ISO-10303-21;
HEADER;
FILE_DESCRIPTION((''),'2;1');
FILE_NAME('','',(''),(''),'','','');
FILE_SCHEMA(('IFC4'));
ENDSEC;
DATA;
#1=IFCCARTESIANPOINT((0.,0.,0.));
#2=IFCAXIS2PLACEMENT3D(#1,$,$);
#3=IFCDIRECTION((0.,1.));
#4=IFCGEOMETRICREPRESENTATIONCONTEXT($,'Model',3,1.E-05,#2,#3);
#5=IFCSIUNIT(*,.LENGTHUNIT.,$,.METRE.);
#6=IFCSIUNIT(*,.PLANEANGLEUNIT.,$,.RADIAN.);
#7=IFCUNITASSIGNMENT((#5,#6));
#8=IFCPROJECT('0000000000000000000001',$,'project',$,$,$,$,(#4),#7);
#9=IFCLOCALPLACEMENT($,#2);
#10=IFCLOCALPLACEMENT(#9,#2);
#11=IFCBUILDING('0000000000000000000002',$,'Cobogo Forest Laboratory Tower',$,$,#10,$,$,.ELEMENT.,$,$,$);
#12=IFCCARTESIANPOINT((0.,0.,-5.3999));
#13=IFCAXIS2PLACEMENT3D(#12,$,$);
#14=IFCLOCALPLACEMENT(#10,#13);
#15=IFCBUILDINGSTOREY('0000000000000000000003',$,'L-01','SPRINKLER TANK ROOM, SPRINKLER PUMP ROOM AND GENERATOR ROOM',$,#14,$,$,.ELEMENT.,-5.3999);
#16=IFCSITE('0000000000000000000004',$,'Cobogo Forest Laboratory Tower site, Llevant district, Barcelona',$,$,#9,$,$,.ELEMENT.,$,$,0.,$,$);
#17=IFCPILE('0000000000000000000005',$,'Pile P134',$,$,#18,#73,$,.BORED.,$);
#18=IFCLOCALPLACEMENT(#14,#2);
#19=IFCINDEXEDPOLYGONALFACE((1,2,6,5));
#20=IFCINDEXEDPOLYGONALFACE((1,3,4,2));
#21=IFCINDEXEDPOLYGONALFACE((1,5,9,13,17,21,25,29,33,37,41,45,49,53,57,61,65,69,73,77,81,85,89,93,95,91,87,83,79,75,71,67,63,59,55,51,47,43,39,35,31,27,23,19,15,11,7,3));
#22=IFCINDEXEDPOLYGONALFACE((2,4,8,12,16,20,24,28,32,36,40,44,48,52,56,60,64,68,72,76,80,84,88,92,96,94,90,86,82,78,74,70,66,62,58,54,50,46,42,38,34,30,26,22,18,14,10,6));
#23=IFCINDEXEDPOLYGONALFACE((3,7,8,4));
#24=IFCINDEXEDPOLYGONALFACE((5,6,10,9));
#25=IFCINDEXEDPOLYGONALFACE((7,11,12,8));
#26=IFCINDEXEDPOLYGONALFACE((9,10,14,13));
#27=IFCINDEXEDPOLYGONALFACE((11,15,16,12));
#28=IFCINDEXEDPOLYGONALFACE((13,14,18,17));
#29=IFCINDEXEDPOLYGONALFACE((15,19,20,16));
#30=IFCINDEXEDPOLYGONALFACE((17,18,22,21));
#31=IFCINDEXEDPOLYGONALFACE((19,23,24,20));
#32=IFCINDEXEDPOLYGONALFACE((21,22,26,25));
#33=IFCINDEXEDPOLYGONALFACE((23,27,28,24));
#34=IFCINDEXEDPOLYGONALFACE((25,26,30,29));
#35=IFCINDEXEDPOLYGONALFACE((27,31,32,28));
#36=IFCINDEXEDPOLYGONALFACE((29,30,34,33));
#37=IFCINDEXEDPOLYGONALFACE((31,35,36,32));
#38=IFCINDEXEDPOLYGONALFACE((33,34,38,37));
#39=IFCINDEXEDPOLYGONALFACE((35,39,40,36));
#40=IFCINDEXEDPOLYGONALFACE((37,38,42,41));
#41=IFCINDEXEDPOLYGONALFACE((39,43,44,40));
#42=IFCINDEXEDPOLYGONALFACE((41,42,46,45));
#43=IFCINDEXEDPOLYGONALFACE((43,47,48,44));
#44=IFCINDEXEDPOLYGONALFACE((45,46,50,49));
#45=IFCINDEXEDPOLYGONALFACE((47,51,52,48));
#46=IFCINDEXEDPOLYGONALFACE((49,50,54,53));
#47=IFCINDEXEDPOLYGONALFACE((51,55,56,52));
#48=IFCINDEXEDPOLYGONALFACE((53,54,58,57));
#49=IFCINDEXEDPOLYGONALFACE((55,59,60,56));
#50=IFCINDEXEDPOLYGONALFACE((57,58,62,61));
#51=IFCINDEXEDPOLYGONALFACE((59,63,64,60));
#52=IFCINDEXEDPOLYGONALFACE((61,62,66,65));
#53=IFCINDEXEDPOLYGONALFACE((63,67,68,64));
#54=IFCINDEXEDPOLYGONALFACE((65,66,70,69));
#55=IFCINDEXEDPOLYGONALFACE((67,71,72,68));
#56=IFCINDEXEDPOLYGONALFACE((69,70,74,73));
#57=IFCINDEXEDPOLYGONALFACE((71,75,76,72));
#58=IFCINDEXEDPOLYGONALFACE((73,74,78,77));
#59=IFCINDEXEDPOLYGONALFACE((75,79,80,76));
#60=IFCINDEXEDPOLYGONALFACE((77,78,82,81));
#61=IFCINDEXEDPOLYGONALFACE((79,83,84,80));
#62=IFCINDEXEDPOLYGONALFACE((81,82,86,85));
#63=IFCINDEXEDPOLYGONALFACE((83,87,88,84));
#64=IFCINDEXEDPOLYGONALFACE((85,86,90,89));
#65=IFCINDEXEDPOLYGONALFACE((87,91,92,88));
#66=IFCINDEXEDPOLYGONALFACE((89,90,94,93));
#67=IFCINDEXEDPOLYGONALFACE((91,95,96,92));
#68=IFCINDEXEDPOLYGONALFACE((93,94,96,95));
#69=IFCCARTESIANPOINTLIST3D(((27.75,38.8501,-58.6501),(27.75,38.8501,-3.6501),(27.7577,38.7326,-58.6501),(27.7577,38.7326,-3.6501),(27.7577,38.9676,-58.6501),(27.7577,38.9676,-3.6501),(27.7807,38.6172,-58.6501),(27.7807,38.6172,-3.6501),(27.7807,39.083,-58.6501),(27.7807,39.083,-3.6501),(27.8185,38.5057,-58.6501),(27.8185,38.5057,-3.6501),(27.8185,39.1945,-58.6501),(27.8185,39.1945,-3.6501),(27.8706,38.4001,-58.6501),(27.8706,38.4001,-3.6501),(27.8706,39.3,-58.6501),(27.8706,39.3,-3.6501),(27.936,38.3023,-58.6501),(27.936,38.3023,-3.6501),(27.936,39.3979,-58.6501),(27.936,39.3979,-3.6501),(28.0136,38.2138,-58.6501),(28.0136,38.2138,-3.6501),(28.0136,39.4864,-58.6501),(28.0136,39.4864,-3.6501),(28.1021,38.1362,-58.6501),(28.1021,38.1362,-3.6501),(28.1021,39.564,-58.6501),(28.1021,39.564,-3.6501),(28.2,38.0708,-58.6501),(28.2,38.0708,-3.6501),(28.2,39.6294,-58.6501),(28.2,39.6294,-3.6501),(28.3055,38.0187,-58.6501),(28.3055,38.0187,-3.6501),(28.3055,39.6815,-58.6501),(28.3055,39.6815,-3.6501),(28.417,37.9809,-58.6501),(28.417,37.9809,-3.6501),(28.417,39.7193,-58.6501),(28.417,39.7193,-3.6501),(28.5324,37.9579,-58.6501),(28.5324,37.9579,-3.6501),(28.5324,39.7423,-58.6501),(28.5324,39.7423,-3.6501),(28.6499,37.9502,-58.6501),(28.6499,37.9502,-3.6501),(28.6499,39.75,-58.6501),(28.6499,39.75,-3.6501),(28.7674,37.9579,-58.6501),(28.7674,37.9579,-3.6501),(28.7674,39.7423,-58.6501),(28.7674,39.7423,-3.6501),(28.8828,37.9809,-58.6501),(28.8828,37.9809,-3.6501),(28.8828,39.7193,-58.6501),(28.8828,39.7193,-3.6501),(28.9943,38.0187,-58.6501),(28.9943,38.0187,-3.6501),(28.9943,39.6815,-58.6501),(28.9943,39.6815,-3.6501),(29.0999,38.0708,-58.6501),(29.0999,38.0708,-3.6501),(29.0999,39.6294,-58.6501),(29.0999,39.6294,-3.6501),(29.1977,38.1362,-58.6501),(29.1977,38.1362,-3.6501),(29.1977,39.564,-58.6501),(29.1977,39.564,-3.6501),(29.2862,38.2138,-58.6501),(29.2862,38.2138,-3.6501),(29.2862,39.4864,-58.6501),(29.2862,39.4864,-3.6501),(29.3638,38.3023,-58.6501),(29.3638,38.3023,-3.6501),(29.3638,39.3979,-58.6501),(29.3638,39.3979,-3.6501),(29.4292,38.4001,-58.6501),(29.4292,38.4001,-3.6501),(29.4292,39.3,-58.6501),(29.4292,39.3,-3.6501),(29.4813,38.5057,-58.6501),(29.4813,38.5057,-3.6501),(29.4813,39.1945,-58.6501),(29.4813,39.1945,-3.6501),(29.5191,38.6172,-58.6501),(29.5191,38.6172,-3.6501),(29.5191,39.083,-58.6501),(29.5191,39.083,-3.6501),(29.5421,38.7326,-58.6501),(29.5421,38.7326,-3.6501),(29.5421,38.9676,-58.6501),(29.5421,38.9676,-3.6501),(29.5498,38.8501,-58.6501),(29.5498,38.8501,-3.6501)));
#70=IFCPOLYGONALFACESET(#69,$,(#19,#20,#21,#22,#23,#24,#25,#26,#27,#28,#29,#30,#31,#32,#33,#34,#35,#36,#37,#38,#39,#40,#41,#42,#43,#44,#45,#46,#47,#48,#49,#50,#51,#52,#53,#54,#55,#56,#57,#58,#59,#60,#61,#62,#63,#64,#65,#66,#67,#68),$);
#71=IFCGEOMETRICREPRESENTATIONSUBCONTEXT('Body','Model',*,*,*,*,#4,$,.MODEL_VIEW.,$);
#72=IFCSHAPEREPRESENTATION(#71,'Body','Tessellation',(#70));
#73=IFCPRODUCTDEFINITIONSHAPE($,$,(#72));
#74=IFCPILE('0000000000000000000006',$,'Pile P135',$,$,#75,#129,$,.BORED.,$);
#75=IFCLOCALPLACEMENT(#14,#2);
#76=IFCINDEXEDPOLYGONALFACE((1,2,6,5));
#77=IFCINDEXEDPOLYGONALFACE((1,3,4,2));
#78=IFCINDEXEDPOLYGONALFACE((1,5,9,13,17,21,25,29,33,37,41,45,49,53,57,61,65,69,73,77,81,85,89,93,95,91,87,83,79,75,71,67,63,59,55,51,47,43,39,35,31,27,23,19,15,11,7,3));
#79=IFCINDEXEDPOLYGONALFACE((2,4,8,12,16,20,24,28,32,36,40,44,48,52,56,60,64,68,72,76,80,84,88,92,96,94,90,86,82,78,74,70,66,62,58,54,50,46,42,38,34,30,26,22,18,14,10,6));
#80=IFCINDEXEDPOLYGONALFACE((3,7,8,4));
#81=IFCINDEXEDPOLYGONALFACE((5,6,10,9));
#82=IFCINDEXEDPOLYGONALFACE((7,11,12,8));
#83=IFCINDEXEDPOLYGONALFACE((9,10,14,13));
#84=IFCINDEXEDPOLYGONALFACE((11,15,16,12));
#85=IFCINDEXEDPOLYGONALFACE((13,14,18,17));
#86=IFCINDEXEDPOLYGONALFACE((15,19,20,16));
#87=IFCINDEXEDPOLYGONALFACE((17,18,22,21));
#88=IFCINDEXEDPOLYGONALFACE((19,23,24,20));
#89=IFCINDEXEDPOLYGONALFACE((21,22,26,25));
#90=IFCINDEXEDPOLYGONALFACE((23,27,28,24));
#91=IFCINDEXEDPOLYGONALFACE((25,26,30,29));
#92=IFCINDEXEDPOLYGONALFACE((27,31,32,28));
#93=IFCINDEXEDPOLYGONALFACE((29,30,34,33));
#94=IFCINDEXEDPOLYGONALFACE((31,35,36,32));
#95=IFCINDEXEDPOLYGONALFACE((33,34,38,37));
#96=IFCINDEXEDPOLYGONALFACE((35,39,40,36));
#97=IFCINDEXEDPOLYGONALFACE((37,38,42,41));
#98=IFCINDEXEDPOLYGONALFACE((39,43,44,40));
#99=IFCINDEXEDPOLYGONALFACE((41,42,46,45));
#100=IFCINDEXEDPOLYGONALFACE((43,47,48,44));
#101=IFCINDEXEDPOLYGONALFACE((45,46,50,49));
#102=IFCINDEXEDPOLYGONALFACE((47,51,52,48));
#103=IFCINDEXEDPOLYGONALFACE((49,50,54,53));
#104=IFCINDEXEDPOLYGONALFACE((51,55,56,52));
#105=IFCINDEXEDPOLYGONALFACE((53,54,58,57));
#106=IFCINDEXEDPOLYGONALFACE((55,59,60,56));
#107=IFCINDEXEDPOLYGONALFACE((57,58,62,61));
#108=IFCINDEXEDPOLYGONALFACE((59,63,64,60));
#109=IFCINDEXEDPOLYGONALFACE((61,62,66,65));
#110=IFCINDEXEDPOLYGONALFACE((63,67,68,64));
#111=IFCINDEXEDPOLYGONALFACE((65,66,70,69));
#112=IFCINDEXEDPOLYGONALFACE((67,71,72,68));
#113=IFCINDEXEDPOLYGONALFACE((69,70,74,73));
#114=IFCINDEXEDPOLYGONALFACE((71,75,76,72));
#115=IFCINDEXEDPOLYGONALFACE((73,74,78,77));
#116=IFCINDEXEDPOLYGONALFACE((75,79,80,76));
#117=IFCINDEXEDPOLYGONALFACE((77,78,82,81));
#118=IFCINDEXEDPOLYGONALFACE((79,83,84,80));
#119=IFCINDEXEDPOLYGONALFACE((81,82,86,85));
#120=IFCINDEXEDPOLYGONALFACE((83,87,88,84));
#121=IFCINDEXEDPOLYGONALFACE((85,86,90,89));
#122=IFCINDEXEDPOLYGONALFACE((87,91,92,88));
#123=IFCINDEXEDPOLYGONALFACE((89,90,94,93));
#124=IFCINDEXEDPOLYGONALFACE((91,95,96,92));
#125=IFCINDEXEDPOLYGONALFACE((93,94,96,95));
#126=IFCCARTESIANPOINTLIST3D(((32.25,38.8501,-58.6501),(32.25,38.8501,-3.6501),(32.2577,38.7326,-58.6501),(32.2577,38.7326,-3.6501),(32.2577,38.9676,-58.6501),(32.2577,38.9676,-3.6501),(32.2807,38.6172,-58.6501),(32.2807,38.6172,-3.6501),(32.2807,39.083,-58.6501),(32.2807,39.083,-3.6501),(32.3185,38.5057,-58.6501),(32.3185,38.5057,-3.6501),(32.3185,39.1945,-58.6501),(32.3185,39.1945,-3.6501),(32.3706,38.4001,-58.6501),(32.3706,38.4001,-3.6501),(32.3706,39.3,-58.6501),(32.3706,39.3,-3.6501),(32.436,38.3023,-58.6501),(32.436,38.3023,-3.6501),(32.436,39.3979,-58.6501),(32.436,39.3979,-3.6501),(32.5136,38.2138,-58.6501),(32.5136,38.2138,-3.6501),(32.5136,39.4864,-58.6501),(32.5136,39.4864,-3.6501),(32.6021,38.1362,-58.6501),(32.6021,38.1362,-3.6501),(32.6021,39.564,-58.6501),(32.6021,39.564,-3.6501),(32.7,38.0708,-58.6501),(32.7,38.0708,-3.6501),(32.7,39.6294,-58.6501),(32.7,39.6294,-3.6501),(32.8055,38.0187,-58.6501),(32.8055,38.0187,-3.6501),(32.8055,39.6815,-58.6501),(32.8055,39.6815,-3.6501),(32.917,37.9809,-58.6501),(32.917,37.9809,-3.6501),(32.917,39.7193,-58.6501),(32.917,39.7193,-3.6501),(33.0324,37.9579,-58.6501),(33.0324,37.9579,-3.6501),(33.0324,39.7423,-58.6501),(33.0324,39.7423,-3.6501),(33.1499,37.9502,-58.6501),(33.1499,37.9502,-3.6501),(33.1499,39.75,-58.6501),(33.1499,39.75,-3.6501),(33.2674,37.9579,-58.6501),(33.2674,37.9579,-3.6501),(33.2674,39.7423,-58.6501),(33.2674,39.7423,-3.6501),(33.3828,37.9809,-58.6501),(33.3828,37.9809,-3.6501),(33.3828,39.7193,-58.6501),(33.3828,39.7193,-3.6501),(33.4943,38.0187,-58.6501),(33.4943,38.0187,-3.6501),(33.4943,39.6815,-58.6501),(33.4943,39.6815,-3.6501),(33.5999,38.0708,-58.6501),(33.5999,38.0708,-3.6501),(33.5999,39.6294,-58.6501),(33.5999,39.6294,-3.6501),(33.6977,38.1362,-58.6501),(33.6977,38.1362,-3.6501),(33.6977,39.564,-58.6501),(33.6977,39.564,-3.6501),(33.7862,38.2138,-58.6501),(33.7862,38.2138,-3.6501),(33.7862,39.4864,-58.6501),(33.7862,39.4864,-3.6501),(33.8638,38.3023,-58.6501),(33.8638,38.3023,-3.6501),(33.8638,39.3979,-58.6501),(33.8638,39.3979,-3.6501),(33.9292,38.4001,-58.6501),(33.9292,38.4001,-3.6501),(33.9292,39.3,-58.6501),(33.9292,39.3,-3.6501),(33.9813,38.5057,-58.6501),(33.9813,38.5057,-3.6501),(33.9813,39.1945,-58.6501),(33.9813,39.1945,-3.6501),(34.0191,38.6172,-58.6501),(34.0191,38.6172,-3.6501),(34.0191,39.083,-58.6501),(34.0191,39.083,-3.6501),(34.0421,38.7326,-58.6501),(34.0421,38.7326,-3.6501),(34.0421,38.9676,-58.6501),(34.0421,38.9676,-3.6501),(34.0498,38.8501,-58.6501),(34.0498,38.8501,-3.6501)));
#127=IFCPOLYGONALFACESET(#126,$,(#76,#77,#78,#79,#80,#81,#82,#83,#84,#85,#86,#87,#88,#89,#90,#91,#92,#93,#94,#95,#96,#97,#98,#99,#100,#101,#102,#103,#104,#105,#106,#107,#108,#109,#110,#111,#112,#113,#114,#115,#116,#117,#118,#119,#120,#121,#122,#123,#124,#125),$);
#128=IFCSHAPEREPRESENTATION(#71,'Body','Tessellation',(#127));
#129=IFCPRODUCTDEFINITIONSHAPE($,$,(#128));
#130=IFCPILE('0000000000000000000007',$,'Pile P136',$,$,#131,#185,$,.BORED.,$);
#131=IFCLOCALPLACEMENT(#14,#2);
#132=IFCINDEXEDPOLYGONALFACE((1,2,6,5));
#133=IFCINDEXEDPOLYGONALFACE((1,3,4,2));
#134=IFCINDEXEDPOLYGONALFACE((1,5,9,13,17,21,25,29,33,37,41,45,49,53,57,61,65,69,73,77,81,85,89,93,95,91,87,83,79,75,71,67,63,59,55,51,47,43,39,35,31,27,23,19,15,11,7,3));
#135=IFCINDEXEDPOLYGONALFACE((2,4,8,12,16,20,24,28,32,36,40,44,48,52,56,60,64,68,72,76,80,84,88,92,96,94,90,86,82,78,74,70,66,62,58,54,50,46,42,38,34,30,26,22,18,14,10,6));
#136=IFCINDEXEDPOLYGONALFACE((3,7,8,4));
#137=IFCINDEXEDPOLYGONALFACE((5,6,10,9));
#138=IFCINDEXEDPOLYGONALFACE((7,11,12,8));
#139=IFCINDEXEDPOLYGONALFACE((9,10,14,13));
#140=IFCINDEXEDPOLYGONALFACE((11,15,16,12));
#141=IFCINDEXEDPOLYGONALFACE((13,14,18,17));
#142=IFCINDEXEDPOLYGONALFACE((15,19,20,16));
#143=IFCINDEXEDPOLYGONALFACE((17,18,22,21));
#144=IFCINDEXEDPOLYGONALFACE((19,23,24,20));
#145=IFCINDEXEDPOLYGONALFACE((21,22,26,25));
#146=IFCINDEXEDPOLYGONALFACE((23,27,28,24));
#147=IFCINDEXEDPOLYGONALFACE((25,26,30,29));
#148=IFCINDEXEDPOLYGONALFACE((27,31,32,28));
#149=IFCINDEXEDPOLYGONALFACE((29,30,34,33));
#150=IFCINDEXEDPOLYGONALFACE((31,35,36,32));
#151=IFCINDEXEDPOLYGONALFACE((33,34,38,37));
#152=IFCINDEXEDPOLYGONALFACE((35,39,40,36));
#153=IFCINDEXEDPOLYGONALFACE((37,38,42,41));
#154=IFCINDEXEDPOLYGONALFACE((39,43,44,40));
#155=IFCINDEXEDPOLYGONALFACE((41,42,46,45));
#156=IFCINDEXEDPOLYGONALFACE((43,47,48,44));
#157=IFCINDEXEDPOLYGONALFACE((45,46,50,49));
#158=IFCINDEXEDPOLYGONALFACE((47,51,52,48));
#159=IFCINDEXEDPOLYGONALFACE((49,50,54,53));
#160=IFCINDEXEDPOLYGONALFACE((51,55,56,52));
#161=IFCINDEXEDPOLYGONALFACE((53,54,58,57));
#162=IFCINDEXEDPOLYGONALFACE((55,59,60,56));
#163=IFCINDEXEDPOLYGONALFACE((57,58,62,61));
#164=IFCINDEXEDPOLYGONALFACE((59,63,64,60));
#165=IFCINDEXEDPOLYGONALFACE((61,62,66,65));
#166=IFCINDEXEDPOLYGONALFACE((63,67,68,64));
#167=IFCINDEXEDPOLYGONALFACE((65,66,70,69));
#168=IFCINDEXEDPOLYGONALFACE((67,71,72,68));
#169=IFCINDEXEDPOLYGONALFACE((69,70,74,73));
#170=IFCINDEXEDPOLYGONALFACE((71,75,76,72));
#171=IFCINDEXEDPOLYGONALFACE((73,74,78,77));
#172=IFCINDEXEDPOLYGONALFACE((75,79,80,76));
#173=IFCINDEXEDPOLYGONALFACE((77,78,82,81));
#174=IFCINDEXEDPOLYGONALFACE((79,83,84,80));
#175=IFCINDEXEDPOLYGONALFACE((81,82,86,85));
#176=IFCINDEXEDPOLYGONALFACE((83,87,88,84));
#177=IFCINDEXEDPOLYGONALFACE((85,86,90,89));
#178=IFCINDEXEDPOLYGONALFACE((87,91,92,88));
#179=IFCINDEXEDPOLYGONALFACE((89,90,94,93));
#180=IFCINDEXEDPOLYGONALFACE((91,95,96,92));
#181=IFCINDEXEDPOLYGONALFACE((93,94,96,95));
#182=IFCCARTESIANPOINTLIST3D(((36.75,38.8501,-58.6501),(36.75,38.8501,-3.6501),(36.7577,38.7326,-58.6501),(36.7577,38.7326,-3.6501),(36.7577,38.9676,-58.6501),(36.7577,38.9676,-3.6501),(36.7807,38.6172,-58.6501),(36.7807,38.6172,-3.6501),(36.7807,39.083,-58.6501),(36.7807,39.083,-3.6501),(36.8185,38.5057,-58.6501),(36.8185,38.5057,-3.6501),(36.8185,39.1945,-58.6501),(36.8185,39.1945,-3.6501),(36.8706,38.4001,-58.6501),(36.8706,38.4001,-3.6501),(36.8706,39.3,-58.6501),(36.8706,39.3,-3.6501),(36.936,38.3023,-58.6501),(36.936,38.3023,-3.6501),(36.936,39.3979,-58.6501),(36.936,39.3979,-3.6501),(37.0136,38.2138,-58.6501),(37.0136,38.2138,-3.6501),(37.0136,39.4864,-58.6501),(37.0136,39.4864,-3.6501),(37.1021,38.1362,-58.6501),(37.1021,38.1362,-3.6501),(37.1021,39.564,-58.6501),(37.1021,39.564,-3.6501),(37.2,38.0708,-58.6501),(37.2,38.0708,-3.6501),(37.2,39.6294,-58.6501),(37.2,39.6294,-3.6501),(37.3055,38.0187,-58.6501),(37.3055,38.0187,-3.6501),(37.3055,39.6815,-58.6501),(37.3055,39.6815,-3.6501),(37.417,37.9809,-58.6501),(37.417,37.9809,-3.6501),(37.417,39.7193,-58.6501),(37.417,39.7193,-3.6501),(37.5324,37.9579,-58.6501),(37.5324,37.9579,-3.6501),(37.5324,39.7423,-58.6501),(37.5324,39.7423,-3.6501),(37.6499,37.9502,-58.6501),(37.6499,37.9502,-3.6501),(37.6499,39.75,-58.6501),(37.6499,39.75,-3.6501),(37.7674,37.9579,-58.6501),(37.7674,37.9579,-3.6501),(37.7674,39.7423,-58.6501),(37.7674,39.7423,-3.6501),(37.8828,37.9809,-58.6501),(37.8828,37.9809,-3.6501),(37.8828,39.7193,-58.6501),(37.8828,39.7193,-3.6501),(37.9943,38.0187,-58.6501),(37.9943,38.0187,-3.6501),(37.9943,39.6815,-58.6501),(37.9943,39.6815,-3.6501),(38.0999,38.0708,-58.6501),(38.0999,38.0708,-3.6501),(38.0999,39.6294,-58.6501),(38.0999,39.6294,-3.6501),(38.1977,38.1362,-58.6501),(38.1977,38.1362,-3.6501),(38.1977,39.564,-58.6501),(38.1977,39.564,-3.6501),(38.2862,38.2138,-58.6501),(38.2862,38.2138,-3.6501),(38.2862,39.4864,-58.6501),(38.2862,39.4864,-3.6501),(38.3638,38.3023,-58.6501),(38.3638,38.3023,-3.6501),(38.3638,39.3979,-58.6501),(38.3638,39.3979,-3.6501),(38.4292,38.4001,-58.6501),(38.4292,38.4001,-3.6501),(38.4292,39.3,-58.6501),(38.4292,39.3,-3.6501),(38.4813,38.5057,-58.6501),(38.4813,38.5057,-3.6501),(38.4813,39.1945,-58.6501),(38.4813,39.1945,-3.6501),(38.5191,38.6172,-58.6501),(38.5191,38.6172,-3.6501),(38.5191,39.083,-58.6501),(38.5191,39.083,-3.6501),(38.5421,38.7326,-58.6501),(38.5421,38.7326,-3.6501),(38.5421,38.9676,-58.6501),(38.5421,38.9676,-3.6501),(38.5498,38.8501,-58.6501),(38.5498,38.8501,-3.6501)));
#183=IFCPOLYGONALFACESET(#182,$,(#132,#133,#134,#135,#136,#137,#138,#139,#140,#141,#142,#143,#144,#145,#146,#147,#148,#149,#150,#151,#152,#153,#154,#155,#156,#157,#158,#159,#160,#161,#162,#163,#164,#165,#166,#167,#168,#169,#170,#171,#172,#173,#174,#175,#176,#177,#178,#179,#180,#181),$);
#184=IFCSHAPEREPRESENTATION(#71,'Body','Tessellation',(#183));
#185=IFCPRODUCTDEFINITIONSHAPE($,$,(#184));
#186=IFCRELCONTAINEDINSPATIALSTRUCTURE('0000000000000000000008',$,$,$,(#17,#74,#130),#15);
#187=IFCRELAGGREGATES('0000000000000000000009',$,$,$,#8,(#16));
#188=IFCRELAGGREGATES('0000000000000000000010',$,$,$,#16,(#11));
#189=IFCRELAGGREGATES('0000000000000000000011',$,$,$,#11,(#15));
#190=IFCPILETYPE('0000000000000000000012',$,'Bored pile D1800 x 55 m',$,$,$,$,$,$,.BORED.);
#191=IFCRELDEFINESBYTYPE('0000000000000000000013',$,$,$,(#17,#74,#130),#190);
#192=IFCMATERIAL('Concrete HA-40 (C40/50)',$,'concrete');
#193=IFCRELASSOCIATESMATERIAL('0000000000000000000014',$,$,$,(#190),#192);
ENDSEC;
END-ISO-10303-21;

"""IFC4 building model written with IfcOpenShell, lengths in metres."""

from ifc_helpers import new_model, si_unit, direction, frame, origin, origin_2d, place, context, subcontext, project, spatial, circle, extrude, material, material_profile, profile_set, type_object, element, save


model = new_model("IFC4")

# Units and contexts
model_context = context("Model", 3, precision=1e-05, world=origin(), true_north=direction((0.0, 1.0)))
body_context = subcontext(model_context, "Body", "Model", "MODEL_VIEW")
ifc_project = project(units=[si_unit("LENGTHUNIT", "METRE"), si_unit("PLANEANGLEUNIT", "RADIAN")], contexts=[model_context])

# Site, building, storey
site_placement = place(None, origin())
site = spatial("IfcSite", under=ifc_project, at=site_placement, Name="Cobogo Forest Laboratory Tower site, Llevant district, Barcelona", CompositionType="ELEMENT", RefElevation=0.0)
building_placement = place(site_placement, origin())
building = spatial("IfcBuilding", under=site, at=building_placement, Name="Cobogo Forest Laboratory Tower", CompositionType="ELEMENT")
storey_placement = place(building_placement, frame((0.0, 0.0, -5.3999)))
storey = spatial("IfcBuildingStorey", under=building, at=storey_placement, Name="L-01", Description="SPRINKLER TANK ROOM, SPRINKLER PUMP ROOM AND GENERATOR ROOM", CompositionType="ELEMENT", Elevation=-5.3999)

# Piles
ifc_material_1 = material(Name="Concrete HA-40 (C40/50)", Category="concrete")
ifc_material_profile_1 = material_profile(ifc_material_1, circle(Radius=0.8999, at=origin_2d()), Name="PILE D1800")
ifc_profile_set_1 = profile_set([ifc_material_profile_1], Name="Concrete HA-40 (C40/50)")
pile_type_1 = type_object("IfcPileType", Name="Bored pile D1800 x 55 m", PredefinedType="BORED", material=ifc_profile_set_1)
for number, where, z_axis, x_axis, name in (
    (1, (28.6499, 38.8501, -3.6501), (0.0, 0.0, -1.0), (1.0, 0.0, 0.0), "Pile P134"),
    (2, (33.1499, 38.8501, -3.6501), (0.0, 0.0, -1.0), (1.0, 0.0, 0.0), "Pile P135"),
    (3, (37.6499, 38.8501, -3.6501), (0.0, 0.0, -1.0), (1.0, 0.0, 0.0), "Pile P136"),
):
    element("IfcPile", number, at=place(storey_placement, frame(where, z_axis=z_axis, x_axis=x_axis)), inside=storey, type_object=pile_type_1, Name=name, PredefinedType="BORED", context=body_context, shape_type="SweptSolid", body=[
        extrude(circle(Radius=0.8999, at=origin_2d()), origin(), (0.0, 0.0, 1.0), 55.0),
    ])

save(model, "model.ifc")
